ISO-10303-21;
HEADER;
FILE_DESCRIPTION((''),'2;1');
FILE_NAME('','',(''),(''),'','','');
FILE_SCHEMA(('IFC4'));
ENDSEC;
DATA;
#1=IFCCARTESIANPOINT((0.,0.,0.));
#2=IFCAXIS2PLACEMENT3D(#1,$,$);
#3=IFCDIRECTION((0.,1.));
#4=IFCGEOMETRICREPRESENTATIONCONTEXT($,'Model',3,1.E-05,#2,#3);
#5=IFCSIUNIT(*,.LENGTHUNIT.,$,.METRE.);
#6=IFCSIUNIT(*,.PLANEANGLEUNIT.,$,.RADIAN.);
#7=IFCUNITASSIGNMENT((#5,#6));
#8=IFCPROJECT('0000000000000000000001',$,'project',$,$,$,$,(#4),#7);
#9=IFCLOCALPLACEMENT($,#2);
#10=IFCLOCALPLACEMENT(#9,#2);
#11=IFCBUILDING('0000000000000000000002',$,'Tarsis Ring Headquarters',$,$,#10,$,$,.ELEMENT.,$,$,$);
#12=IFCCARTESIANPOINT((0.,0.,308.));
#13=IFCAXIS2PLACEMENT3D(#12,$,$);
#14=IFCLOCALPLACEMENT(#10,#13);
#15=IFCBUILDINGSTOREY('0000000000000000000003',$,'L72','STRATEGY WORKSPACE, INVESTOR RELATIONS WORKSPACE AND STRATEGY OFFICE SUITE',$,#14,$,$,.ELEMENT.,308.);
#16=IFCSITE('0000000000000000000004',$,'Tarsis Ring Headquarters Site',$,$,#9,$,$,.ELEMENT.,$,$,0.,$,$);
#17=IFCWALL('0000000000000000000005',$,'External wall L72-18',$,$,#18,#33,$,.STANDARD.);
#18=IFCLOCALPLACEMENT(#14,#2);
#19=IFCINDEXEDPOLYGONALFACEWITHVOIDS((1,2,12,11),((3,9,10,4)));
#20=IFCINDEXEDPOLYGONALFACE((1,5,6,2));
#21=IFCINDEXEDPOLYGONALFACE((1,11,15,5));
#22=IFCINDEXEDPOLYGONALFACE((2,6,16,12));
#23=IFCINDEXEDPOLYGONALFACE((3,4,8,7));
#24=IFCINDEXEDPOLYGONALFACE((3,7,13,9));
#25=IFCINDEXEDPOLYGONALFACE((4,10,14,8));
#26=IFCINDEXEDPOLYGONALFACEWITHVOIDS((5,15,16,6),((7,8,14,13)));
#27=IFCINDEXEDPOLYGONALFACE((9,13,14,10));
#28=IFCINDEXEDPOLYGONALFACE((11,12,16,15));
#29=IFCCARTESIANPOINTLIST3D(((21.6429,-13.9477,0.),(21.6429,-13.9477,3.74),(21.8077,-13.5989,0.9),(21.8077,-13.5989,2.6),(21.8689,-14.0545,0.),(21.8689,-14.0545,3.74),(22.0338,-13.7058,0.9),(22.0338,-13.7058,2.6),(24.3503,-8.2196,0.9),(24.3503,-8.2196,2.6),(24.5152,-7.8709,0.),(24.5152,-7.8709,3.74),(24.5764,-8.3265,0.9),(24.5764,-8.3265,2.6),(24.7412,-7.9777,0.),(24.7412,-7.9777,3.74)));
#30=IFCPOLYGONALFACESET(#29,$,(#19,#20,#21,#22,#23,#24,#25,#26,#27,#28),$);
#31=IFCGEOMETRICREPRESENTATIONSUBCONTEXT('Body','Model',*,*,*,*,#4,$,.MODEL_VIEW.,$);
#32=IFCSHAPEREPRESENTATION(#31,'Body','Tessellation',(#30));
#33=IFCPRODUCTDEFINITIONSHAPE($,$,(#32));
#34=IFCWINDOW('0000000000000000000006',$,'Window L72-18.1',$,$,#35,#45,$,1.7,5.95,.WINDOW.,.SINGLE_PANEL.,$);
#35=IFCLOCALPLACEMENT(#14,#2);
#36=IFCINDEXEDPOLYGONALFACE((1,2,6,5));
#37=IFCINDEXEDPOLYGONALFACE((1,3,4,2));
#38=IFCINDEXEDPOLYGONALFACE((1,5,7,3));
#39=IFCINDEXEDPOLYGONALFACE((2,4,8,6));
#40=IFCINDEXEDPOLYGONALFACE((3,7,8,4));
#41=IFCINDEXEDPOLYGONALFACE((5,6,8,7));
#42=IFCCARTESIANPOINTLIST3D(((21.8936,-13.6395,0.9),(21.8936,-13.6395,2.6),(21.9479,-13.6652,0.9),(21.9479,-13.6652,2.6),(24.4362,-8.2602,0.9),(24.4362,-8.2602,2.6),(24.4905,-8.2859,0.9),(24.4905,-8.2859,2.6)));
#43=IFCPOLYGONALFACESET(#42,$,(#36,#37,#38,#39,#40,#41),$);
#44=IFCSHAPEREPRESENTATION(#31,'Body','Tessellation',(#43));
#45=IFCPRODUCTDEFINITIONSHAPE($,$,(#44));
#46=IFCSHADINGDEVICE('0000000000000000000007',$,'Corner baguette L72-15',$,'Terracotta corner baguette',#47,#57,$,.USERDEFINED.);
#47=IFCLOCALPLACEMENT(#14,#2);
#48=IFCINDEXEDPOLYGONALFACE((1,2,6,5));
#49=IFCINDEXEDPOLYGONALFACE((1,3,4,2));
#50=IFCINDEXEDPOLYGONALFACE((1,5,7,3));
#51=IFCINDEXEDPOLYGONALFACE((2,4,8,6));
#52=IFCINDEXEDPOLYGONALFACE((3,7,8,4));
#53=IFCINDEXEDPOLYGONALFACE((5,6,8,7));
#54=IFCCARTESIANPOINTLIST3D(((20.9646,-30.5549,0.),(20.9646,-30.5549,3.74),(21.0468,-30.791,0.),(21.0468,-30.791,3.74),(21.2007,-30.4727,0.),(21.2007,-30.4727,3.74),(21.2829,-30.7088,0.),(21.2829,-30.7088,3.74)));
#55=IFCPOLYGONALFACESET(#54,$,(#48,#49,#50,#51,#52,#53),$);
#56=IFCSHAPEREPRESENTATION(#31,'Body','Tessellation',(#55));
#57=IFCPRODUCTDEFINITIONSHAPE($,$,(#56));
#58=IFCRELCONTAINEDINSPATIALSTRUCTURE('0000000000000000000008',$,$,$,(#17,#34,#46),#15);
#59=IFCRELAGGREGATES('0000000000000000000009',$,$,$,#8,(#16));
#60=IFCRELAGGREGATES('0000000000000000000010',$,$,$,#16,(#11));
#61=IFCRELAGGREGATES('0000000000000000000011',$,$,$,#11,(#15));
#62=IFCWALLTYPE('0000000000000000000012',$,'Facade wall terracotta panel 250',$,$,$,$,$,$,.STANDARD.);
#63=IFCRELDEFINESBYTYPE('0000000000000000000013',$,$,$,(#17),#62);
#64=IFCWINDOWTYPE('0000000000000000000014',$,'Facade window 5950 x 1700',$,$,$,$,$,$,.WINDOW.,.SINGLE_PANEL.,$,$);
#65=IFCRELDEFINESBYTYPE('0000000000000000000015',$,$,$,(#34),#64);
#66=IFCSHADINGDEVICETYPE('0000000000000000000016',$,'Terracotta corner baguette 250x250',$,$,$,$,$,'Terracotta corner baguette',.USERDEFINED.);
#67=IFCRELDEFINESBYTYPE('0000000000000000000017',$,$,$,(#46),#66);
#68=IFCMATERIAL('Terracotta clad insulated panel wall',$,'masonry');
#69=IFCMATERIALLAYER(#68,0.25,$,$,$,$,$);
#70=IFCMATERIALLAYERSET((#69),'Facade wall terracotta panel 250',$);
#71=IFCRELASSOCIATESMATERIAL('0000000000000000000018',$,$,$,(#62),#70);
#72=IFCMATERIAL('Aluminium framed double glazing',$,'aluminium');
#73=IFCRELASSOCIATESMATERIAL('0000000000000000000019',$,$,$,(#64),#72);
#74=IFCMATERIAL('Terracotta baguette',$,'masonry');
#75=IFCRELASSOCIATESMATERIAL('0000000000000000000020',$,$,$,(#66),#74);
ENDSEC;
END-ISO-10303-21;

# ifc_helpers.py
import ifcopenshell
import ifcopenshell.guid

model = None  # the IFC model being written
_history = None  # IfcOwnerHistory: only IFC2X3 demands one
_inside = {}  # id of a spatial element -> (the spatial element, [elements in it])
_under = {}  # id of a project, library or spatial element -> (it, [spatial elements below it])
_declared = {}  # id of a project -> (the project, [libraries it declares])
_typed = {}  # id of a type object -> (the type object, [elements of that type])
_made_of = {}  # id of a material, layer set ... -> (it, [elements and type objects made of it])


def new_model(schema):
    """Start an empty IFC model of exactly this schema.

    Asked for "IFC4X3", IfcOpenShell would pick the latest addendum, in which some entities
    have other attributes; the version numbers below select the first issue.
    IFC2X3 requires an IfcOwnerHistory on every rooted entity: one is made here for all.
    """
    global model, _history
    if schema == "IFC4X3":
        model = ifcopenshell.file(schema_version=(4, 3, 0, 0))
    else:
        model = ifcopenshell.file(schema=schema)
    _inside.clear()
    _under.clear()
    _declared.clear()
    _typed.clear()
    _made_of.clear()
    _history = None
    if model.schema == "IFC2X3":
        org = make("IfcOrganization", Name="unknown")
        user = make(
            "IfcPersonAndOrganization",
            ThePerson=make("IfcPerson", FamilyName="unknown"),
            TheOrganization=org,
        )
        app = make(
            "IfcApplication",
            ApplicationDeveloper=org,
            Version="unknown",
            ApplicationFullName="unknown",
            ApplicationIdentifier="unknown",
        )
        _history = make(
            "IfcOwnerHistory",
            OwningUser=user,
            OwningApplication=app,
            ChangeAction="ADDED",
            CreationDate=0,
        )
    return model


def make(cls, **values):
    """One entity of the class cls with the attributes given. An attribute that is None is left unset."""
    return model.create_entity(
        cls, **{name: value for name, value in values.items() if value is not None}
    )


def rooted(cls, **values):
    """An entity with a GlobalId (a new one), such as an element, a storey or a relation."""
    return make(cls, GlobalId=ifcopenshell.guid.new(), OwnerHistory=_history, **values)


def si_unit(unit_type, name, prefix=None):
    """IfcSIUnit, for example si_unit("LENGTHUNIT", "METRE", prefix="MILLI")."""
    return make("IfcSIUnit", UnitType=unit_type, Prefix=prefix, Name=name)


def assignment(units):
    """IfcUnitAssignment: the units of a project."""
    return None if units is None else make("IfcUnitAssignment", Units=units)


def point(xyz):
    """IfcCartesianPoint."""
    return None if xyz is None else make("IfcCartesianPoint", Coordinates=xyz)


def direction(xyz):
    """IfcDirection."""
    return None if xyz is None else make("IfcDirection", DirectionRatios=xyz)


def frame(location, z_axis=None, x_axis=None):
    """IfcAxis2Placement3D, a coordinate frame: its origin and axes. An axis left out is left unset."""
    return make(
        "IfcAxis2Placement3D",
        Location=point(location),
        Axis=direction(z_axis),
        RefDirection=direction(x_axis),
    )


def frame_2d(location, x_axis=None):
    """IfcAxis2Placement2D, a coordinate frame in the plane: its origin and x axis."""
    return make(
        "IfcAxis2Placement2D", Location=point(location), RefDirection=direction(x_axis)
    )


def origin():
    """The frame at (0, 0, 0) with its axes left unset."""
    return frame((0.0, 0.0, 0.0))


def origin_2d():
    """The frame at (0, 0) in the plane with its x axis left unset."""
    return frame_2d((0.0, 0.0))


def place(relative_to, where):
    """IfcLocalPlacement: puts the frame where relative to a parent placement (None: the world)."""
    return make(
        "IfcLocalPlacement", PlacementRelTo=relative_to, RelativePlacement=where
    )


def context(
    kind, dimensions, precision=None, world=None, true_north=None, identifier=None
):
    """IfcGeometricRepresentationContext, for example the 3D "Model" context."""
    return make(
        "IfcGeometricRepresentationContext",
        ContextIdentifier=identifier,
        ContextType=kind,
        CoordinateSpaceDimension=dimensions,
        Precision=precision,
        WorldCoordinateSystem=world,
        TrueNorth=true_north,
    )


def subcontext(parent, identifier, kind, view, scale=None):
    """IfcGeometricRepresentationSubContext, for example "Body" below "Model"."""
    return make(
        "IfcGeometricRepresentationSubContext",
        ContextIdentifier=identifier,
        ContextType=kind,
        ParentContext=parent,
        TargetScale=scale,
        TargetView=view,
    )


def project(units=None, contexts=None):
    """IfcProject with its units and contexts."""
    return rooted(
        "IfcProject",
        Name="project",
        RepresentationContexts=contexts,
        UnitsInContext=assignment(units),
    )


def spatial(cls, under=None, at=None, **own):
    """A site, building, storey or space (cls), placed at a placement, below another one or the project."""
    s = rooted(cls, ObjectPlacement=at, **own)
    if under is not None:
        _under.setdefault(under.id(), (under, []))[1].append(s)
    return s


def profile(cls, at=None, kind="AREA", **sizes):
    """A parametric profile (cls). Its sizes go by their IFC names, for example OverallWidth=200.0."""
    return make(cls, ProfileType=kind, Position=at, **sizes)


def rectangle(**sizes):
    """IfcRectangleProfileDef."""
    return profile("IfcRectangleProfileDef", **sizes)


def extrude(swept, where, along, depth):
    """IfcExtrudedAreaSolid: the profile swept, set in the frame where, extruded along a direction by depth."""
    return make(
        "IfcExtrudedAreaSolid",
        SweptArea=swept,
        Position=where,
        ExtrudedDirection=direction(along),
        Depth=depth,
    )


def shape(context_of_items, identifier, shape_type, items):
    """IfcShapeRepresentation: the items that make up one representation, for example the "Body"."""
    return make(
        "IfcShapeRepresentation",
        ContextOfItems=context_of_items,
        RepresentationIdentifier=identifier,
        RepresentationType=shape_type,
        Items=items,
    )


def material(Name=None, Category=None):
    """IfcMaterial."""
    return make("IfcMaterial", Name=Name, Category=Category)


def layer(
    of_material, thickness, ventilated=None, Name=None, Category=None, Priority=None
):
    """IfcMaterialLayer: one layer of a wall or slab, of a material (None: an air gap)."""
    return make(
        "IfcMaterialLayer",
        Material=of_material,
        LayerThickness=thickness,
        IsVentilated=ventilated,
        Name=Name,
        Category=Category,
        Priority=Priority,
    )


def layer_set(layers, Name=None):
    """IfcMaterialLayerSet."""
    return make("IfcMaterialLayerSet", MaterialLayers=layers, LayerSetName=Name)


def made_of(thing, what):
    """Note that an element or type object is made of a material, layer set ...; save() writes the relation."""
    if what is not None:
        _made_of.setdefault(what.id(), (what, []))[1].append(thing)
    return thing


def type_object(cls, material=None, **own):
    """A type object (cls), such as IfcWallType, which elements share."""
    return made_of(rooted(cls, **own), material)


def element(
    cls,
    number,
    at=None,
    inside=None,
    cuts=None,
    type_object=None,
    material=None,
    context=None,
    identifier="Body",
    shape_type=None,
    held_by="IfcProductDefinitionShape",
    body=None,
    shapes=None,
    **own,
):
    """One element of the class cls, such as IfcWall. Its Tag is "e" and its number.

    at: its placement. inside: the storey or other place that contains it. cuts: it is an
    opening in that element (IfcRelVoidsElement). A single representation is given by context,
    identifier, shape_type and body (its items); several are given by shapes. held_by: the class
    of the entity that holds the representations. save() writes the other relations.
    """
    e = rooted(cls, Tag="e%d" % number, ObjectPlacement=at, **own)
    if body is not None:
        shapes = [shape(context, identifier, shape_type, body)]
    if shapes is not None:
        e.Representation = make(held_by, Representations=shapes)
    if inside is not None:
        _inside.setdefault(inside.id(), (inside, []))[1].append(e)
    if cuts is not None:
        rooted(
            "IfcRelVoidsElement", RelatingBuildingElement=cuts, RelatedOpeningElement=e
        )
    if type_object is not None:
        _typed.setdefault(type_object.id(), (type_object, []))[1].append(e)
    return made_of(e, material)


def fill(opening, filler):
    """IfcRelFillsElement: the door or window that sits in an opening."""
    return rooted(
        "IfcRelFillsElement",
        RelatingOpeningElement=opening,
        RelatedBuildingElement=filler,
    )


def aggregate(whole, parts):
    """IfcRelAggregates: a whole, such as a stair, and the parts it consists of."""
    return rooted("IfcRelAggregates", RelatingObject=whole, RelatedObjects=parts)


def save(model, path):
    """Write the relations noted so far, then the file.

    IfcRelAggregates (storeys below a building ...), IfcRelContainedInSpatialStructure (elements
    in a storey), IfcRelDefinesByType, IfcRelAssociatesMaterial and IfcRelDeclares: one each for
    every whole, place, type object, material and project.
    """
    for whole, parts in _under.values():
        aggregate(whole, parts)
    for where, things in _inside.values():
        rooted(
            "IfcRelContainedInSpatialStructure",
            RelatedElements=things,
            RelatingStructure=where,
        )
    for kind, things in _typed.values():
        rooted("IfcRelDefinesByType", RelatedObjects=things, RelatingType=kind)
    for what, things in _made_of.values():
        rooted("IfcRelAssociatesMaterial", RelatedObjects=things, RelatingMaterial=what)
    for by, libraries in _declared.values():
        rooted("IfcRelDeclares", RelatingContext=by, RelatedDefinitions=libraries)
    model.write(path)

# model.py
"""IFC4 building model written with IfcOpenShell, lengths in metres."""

from ifc_helpers import new_model, si_unit, direction, frame, frame_2d, origin, origin_2d, place, context, subcontext, project, spatial, rectangle, extrude, material, layer, layer_set, type_object, element, fill, save


model = new_model("IFC4")

# Units and contexts
model_context = context("Model", 3, precision=1e-05, world=origin(), true_north=direction((0.0, 1.0)))
body_context = subcontext(model_context, "Body", "Model", "MODEL_VIEW")
ifc_project = project(units=[si_unit("LENGTHUNIT", "METRE"), si_unit("PLANEANGLEUNIT", "RADIAN")], contexts=[model_context])

# Site, building, storey
site_placement = place(None, origin())
site = spatial("IfcSite", under=ifc_project, at=site_placement, Name="Tarsis Ring Headquarters Site", CompositionType="ELEMENT", RefElevation=0.0)
building_placement = place(site_placement, origin())
building = spatial("IfcBuilding", under=site, at=building_placement, Name="Tarsis Ring Headquarters", CompositionType="ELEMENT")
storey_placement = place(building_placement, frame((0.0, 0.0, 308.0)))
storey = spatial("IfcBuildingStorey", under=building, at=storey_placement, Name="L72", Description="STRATEGY WORKSPACE, INVESTOR RELATIONS WORKSPACE AND STRATEGY OFFICE SUITE", CompositionType="ELEMENT", Elevation=308.0)

# Shared definitions
ifc_material_1 = material(Name="Terracotta clad insulated panel wall", Category="masonry")
ifc_layer_1 = layer(ifc_material_1, 0.25)
ifc_layer_set_1 = layer_set([ifc_layer_1], Name="Facade wall terracotta panel 250")
wall_type_1 = type_object("IfcWallType", Name="Facade wall terracotta panel 250", PredefinedType="STANDARD", material=ifc_layer_set_1)

# Wall, opening, window
ifc_material_2 = material(Name="Aluminium framed double glazing", Category="aluminium")
wall_1_placement = place(storey_placement, frame((21.7559, -14.0012, 0.0), z_axis=(0.0, 0.0, 1.0), x_axis=(0.42733, 0.904095, 0.0)))
wall_1 = element("IfcWall", 1, at=wall_1_placement, inside=storey, type_object=wall_type_1, Name="External wall L72-18", PredefinedType="STANDARD", context=body_context, shape_type="SweptSolid", body=[
    extrude(rectangle(XDim=6.7214, YDim=0.25, at=frame_2d((3.3608, 0.0))), origin(), (0.0, 0.0, 1.0), 3.74),
])
opening_1_placement = place(wall_1_placement, frame((0.3857, 0.0, 0.8999)))
opening_1 = element("IfcOpeningElement", 2, at=opening_1_placement, cuts=wall_1, PredefinedType="OPENING", context=body_context, shape_type="SweptSolid", body=[
    extrude(rectangle(XDim=5.95, YDim=1.7, at=frame_2d((2.9751, 0.8501))), frame((0.0, 0.135, 0.0), z_axis=(0.0, -1.0, 0.0), x_axis=(1.0, 0.0, 0.0)), (0.0, 0.0, 1.0), 0.27),
])
window_type_1 = type_object("IfcWindowType", Name="Facade window 5950 x 1700", PartitioningType="SINGLE_PANEL", PredefinedType="WINDOW", material=ifc_material_2)
window_1_placement = place(opening_1_placement, origin())
window_1 = element("IfcWindow", 3, at=window_1_placement, inside=storey, type_object=window_type_1, Name="Window L72-18.1", OverallHeight=1.7, OverallWidth=5.95, PartitioningType="SINGLE_PANEL", PredefinedType="WINDOW", context=body_context, shape_type="SweptSolid", body=[
    extrude(rectangle(XDim=5.95, YDim=1.7, at=frame_2d((2.9751, 0.8501))), frame((0.0, 0.03, 0.0), z_axis=(0.0, -1.0, 0.0), x_axis=(1.0, 0.0, 0.0)), (0.0, 0.0, 1.0), 0.0601),
])
fill(opening_1, window_1)

# Shading device
ifc_material_3 = material(Name="Terracotta baguette", Category="masonry")
shading_device_type = type_object("IfcShadingDeviceType", Name="Terracotta corner baguette 250x250", ElementType="Terracotta corner baguette", PredefinedType="USERDEFINED", material=ifc_material_3)
shading_device_placement = place(storey_placement, frame((21.1238, -30.6318, 0.0), z_axis=(0.0, 0.0, 1.0), x_axis=(-0.328866, 0.944376, 0.0)))
element("IfcShadingDevice", 4, at=shading_device_placement, inside=storey, type_object=shading_device_type, Name="Corner baguette L72-15", ObjectType="Terracotta corner baguette", PredefinedType="USERDEFINED", context=body_context, shape_type="SweptSolid", body=[
    extrude(rectangle(XDim=0.25, YDim=0.25, at=origin_2d()), origin(), (0.0, 0.0, 1.0), 3.74),
])

save(model, "model.ifc")
